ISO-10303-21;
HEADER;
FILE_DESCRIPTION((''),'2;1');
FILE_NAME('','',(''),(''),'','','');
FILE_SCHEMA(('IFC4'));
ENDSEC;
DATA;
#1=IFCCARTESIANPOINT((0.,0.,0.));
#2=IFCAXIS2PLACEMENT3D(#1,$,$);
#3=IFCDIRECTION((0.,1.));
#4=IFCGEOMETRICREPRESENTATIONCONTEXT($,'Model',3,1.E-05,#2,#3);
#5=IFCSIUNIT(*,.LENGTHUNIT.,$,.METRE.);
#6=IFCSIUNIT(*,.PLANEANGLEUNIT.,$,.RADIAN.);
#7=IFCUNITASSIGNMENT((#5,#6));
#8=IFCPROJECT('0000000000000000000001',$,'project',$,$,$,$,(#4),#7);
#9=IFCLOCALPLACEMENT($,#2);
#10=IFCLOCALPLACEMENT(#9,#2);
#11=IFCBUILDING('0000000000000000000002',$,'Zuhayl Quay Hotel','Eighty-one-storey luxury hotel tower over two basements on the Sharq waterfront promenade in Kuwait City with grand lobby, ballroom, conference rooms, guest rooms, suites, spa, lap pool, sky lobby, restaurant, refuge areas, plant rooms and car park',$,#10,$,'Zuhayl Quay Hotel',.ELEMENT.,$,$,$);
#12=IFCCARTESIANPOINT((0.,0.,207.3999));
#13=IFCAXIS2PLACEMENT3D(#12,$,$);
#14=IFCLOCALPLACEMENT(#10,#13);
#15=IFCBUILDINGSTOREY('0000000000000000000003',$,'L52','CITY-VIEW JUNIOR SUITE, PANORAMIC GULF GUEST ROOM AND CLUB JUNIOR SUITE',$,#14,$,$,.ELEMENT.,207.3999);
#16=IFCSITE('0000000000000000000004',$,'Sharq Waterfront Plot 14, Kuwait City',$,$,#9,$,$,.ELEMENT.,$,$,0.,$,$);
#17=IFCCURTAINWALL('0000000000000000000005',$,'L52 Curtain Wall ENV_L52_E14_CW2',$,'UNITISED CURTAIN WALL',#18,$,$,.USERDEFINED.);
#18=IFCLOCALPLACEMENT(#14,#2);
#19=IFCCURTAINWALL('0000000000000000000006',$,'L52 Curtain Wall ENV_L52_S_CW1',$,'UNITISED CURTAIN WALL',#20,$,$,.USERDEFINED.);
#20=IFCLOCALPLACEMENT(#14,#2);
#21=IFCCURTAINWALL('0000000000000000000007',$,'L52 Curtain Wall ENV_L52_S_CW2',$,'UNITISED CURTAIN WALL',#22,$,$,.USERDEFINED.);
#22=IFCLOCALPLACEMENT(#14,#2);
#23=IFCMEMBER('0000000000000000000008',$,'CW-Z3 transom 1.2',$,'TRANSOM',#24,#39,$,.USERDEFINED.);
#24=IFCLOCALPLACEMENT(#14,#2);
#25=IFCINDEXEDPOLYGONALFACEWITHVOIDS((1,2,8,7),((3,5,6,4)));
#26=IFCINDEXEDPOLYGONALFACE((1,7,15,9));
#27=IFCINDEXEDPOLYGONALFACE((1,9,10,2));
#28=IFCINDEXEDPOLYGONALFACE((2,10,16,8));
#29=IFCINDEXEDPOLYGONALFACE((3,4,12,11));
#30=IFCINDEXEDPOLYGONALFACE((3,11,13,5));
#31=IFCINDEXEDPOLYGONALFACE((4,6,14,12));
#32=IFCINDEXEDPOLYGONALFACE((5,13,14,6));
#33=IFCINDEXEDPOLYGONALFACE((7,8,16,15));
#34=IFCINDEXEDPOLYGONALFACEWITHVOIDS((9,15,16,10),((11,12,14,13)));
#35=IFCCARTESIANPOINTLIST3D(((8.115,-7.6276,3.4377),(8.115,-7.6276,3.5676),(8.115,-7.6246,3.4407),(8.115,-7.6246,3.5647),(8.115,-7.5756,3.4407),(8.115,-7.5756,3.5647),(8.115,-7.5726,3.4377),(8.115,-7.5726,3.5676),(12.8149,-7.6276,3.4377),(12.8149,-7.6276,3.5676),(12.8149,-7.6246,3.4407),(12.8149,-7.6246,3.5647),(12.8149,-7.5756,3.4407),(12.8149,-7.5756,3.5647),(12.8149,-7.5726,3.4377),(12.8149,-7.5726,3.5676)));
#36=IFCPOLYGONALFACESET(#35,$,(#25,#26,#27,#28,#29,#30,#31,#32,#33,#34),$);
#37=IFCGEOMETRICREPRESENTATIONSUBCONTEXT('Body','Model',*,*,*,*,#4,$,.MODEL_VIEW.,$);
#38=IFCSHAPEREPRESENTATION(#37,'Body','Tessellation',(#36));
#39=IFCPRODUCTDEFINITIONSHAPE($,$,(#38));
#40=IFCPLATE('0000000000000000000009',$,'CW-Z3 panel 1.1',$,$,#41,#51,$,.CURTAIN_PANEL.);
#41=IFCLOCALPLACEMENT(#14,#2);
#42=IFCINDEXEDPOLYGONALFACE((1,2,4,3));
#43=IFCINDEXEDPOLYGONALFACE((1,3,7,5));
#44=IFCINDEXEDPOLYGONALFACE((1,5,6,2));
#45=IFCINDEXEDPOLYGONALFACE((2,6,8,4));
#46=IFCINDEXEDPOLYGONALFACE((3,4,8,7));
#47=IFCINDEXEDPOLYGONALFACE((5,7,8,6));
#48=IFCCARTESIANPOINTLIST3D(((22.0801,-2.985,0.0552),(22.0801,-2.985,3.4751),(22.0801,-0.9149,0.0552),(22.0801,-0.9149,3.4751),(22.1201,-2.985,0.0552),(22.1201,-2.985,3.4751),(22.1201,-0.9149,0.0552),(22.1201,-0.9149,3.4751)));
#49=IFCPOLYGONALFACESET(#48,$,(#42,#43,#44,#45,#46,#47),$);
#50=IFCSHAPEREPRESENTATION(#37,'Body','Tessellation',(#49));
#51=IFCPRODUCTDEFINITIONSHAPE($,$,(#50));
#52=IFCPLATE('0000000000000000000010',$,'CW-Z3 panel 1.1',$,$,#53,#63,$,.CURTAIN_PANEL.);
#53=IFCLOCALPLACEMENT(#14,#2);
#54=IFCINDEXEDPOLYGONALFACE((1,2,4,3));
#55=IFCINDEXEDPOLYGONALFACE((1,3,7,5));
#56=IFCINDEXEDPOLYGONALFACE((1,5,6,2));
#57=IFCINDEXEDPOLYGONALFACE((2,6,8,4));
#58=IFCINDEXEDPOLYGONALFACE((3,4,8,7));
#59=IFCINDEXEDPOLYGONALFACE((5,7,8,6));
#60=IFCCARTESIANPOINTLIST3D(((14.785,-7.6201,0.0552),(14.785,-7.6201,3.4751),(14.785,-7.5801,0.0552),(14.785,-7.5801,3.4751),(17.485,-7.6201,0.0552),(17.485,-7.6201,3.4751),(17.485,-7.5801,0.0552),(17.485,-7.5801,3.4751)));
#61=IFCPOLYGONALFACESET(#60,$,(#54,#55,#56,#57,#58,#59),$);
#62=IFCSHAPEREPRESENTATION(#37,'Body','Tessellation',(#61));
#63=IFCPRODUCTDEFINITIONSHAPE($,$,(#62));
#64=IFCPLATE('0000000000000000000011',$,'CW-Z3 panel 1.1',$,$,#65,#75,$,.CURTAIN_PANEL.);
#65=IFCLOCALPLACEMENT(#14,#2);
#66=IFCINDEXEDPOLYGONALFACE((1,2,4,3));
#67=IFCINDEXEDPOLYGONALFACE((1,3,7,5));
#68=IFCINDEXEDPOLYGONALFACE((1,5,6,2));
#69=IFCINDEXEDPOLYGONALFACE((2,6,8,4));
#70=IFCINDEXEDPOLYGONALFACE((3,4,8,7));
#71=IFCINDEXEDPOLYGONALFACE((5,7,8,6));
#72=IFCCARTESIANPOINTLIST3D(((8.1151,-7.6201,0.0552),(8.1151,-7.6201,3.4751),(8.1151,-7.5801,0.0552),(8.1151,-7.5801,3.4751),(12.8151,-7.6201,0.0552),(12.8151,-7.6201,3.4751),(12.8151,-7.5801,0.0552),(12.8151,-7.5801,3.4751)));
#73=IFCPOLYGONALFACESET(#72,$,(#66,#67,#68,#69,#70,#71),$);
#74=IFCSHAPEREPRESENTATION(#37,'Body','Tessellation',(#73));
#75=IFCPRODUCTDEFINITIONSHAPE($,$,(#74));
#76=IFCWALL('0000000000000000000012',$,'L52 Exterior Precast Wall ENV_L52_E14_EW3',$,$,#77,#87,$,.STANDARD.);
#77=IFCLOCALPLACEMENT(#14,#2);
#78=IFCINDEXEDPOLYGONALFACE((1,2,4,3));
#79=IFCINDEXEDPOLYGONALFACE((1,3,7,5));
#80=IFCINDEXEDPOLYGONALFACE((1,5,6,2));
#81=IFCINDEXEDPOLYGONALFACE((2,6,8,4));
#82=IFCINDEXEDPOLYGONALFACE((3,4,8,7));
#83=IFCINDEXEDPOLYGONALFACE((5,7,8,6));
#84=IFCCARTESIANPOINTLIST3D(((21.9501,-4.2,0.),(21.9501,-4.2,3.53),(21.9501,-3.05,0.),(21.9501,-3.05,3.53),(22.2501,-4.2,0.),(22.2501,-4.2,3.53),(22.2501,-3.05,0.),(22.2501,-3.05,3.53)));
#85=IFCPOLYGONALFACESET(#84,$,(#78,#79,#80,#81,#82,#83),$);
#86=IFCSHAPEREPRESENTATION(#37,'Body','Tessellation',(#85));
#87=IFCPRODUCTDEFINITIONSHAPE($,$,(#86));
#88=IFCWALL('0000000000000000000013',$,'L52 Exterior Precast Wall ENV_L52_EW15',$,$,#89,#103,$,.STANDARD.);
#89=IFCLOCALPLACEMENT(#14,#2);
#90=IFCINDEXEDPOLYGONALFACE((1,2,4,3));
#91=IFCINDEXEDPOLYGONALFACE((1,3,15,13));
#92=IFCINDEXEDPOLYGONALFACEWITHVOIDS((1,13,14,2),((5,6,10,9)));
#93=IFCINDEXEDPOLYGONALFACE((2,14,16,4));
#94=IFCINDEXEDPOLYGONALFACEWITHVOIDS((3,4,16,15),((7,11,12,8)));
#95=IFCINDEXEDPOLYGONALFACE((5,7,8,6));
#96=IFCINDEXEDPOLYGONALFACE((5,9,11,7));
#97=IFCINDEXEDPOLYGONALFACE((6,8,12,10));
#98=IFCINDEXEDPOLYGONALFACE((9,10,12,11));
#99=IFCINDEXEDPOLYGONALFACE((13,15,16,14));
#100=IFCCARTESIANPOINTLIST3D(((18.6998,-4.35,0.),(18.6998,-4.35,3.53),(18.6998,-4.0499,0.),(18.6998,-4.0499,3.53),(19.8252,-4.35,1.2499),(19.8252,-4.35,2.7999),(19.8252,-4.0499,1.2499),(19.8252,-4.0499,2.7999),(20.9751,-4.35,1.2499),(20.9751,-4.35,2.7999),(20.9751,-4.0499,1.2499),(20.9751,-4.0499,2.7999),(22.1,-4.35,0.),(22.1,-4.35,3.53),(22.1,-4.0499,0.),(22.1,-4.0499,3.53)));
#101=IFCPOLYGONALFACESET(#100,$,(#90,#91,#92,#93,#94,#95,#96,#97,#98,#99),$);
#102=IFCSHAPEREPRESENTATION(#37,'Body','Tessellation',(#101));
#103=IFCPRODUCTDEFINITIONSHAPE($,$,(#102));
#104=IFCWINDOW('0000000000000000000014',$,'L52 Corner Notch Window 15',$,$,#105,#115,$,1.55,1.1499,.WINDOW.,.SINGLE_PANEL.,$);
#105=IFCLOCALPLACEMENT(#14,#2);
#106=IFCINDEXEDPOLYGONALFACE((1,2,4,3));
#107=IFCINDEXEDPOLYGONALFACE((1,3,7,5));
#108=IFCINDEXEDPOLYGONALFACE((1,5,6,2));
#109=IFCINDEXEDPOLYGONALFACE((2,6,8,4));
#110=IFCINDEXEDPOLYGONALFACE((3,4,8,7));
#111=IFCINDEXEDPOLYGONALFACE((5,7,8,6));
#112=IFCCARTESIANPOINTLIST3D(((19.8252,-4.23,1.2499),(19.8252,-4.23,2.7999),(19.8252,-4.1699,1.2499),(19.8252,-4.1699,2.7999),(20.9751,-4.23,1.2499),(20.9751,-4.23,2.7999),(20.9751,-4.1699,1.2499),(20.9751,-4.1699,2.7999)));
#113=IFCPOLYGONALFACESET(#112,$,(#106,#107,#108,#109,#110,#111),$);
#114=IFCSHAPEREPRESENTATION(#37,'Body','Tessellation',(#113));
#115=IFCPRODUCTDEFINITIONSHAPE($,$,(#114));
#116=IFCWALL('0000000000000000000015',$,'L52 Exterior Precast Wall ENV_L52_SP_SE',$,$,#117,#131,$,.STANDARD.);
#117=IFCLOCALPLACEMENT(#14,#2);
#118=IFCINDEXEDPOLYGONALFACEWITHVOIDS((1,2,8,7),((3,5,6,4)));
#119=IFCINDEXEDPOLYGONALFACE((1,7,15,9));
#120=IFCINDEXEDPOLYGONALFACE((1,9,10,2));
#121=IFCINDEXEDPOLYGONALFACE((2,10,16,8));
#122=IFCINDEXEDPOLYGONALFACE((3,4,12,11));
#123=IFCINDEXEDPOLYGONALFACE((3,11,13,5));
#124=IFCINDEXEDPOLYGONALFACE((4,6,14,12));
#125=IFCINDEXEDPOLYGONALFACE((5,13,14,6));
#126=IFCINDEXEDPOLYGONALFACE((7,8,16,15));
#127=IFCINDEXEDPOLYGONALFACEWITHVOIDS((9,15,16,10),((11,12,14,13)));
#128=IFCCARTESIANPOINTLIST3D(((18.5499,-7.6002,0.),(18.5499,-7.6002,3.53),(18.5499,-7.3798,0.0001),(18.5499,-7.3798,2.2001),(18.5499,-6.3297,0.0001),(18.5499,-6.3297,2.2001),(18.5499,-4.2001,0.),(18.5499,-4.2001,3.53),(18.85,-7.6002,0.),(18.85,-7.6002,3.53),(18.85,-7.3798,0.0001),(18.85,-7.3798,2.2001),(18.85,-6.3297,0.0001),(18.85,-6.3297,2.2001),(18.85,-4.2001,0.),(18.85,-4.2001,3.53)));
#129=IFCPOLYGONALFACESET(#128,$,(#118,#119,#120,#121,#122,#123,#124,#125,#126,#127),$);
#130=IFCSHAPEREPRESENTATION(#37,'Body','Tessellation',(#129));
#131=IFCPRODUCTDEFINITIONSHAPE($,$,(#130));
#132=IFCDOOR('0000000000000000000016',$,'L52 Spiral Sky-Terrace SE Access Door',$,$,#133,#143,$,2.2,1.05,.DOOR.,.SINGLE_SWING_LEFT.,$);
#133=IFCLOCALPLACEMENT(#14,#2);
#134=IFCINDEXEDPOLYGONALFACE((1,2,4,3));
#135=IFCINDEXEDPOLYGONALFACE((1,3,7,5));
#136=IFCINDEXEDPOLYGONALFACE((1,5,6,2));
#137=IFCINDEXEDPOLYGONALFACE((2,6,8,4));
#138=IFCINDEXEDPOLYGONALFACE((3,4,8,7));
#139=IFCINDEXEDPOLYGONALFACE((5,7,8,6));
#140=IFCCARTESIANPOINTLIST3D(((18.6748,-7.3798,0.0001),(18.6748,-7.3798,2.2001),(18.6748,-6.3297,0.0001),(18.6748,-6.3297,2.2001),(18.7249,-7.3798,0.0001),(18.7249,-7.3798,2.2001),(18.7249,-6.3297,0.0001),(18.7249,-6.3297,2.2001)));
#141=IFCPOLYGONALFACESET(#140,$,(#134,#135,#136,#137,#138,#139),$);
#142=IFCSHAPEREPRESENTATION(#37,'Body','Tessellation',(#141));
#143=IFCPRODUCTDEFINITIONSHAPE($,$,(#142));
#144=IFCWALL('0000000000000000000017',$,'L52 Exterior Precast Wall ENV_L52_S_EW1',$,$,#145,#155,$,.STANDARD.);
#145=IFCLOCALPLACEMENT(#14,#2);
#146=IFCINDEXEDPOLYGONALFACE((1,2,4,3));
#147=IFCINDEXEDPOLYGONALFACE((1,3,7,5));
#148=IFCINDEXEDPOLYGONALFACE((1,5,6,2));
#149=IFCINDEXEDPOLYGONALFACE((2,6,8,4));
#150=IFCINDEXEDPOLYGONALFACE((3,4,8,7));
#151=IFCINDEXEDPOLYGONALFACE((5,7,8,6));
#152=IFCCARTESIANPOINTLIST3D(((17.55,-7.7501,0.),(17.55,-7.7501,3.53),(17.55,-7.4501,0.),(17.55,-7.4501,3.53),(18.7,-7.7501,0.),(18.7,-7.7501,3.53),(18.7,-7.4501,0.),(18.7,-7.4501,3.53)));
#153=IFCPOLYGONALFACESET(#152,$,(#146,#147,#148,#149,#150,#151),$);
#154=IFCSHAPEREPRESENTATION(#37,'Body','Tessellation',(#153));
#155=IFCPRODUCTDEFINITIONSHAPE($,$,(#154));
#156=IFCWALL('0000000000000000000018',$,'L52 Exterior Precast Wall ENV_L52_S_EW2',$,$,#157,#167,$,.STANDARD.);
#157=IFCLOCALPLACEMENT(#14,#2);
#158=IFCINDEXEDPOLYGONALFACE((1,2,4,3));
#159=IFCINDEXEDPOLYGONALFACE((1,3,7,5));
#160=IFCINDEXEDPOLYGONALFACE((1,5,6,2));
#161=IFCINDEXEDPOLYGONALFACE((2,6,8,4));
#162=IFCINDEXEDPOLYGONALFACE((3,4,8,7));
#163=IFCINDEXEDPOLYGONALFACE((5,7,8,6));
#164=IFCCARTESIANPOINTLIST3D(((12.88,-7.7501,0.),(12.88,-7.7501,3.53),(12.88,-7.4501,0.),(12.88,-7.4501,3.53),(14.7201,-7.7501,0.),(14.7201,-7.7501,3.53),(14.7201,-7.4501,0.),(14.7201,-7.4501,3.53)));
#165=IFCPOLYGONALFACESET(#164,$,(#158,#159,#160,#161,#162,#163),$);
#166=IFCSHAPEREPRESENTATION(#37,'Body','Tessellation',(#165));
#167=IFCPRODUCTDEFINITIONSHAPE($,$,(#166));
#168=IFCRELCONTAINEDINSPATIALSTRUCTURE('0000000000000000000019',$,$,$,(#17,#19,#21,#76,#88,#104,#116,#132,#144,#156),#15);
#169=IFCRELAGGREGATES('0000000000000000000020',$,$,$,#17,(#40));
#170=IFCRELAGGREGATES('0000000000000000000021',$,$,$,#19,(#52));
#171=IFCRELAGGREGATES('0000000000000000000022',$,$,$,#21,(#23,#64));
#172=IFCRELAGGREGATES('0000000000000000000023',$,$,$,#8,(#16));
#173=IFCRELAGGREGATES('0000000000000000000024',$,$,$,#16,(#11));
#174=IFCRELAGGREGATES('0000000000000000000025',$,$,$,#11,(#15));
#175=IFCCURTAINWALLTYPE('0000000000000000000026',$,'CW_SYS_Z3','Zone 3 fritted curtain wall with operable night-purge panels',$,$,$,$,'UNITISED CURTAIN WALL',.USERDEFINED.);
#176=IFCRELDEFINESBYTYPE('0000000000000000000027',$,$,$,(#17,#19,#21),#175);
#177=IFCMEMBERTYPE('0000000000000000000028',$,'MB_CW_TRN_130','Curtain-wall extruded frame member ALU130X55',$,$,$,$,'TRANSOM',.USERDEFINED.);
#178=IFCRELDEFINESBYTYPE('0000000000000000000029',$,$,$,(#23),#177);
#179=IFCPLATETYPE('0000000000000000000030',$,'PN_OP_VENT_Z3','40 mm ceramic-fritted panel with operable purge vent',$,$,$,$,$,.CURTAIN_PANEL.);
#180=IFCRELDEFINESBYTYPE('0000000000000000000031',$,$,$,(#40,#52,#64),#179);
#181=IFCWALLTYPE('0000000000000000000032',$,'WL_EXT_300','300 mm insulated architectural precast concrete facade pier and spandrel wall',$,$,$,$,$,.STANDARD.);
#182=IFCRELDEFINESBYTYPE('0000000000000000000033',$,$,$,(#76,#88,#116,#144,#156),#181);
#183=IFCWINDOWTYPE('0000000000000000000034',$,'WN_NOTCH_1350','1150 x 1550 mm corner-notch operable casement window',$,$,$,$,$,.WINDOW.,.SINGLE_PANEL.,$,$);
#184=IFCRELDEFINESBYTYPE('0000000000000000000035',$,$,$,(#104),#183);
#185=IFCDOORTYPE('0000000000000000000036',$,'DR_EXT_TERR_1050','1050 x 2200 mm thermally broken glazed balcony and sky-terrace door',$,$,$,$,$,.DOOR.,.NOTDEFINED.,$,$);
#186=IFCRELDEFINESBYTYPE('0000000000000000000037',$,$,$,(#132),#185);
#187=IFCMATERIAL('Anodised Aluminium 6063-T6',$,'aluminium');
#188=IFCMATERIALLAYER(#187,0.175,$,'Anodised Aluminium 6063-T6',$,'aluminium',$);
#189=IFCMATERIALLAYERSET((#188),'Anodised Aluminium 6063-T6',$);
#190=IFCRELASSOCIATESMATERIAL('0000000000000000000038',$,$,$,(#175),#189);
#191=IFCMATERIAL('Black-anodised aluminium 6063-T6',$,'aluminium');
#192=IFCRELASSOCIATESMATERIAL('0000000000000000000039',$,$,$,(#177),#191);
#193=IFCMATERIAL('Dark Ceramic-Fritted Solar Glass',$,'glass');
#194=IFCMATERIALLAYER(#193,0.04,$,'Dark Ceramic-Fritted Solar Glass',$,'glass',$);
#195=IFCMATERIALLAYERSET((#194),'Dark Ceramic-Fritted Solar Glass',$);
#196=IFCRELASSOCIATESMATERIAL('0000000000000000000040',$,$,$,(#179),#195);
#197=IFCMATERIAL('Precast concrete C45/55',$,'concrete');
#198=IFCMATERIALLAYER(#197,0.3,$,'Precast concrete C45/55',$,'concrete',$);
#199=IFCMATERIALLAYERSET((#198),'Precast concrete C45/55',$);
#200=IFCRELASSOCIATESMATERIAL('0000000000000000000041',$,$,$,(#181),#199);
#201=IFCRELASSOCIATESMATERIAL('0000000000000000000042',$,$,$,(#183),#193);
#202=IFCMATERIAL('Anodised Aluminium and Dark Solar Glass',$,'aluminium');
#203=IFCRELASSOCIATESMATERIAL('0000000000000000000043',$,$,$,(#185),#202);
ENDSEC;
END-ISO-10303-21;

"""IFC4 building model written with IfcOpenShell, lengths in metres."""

from ifc_helpers import new_model, si_unit, direction, frame, frame_2d, origin, origin_2d, place, context, subcontext, project, spatial, rectangle, hollow_rectangle, extrude, material, layer, layer_set, material_profile, profile_set, type_object, element, fill, aggregate, save


model = new_model("IFC4")

# Units and contexts
model_context = context("Model", 3, precision=1e-05, world=origin(), true_north=direction((0.0, 1.0)))
body_context = subcontext(model_context, "Body", "Model", "MODEL_VIEW")
ifc_project = project(units=[si_unit("LENGTHUNIT", "METRE"), si_unit("PLANEANGLEUNIT", "RADIAN")], contexts=[model_context])

# Site, building, storey
site_placement = place(None, origin())
site = spatial("IfcSite", under=ifc_project, at=site_placement, Name="Sharq Waterfront Plot 14, Kuwait City", CompositionType="ELEMENT", RefElevation=0.0)
building_placement = place(site_placement, origin())
building = spatial("IfcBuilding", under=site, at=building_placement, Name="Zuhayl Quay Hotel", Description="Eighty-one-storey luxury hotel tower over two basements on the Sharq waterfront promenade in Kuwait City with grand lobby, ballroom, conference rooms, guest rooms, suites, spa, lap pool, sky lobby, restaurant, refuge areas, plant rooms and car park", LongName="Zuhayl Quay Hotel", CompositionType="ELEMENT")
storey_placement = place(building_placement, frame((0.0, 0.0, 207.3999)))
storey = spatial("IfcBuildingStorey", under=building, at=storey_placement, Name="L52", Description="CITY-VIEW JUNIOR SUITE, PANORAMIC GULF GUEST ROOM AND CLUB JUNIOR SUITE", CompositionType="ELEMENT", Elevation=207.3999)

# Curtain wall
ifc_material_1 = material(Name="Anodised Aluminium 6063-T6", Category="aluminium")
ifc_layer_1 = layer(ifc_material_1, 0.175, Name="Anodised Aluminium 6063-T6", Category="aluminium")
ifc_layer_set_1 = layer_set([ifc_layer_1], Name="Anodised Aluminium 6063-T6")
curtain_wall_type = type_object("IfcCurtainWallType", Name="CW_SYS_Z3", Description="Zone 3 fritted curtain wall with operable night-purge panels", ElementType="UNITISED CURTAIN WALL", PredefinedType="USERDEFINED", material=ifc_layer_set_1)
curtain_wall_1_placement = place(storey_placement, origin())
curtain_wall_1 = element("IfcCurtainWall", 1, at=curtain_wall_1_placement, inside=storey, type_object=curtain_wall_type, Name="L52 Curtain Wall ENV_L52_E14_CW2", ObjectType="UNITISED CURTAIN WALL", PredefinedType="USERDEFINED")
ifc_material_2 = material(Name="Black-anodised aluminium 6063-T6", Category="aluminium")

# Curtain wall
curtain_wall_2_placement = place(storey_placement, origin())
curtain_wall_2 = element("IfcCurtainWall", 2, at=curtain_wall_2_placement, inside=storey, type_object=curtain_wall_type, Name="L52 Curtain Wall ENV_L52_S_CW1", ObjectType="UNITISED CURTAIN WALL", PredefinedType="USERDEFINED")

# Curtain wall
curtain_wall_3_placement = place(storey_placement, origin())
curtain_wall_3 = element("IfcCurtainWall", 3, at=curtain_wall_3_placement, inside=storey, type_object=curtain_wall_type, Name="L52 Curtain Wall ENV_L52_S_CW2", ObjectType="UNITISED CURTAIN WALL", PredefinedType="USERDEFINED")

# Member
ifc_material_profile_1 = material_profile(ifc_material_2, hollow_rectangle(XDim=0.0549, YDim=0.1299, WallThickness=0.0029, at=origin_2d()), Name="ALU130X55")
ifc_profile_set_1 = profile_set([ifc_material_profile_1], Name="Black-anodised aluminium 6063-T6")
member_type_1 = type_object("IfcMemberType", Name="MB_CW_TRN_130", Description="Curtain-wall extruded frame member ALU130X55", ElementType="TRANSOM", PredefinedType="USERDEFINED", material=ifc_profile_set_1)
member_1_placement = place(storey_placement, frame((12.8149, -7.6001, 3.5027), z_axis=(-1.0, 0.0, 0.0), x_axis=(0.0, -1.0, 0.0)))
member_1 = element("IfcMember", 4, at=member_1_placement, type_object=member_type_1, Name="CW-Z3 transom 1.2", ObjectType="TRANSOM", PredefinedType="USERDEFINED", context=body_context, shape_type="SweptSolid", body=[
    extrude(hollow_rectangle(XDim=0.0549, YDim=0.1299, WallThickness=0.0029, at=origin_2d()), origin(), (0.0, 0.0, 1.0), 4.7),
])

# Plates
ifc_material_3 = material(Name="Dark Ceramic-Fritted Solar Glass", Category="glass")
ifc_layer_2 = layer(ifc_material_3, 0.04, Name="Dark Ceramic-Fritted Solar Glass", Category="glass")
ifc_layer_set_2 = layer_set([ifc_layer_2], Name="Dark Ceramic-Fritted Solar Glass")
plate_type = type_object("IfcPlateType", Name="PN_OP_VENT_Z3", Description="40 mm ceramic-fritted panel with operable purge vent", PredefinedType="CURTAIN_PANEL", material=ifc_layer_set_2)
plate_1_placement = place(storey_placement, frame((22.1001, -1.95, 0.0552), z_axis=(0.0, 0.0, 1.0), x_axis=(0.0, -1.0, 0.0)))
plate_1 = element("IfcPlate", 5, at=plate_1_placement, type_object=plate_type, Name="CW-Z3 panel 1.1", PredefinedType="CURTAIN_PANEL", context=body_context, shape_type="SweptSolid", body=[
    extrude(rectangle(XDim=2.0701, YDim=0.04, at=origin_2d()), origin(), (0.0, 0.0, 1.0), 3.4199),
])
aggregate(curtain_wall_1, [plate_1])
plate_2_placement = place(storey_placement, frame((16.135, -7.6001, 0.0552), z_axis=(0.0, 0.0, 1.0), x_axis=(-1.0, 0.0, 0.0)))
plate_2 = element("IfcPlate", 6, at=plate_2_placement, type_object=plate_type, Name="CW-Z3 panel 1.1", PredefinedType="CURTAIN_PANEL", context=body_context, shape_type="SweptSolid", body=[
    extrude(rectangle(XDim=2.7, YDim=0.04, at=origin_2d()), origin(), (0.0, 0.0, 1.0), 3.4199),
])
aggregate(curtain_wall_2, [plate_2])
plate_3_placement = place(storey_placement, frame((10.4651, -7.6001, 0.0552), z_axis=(0.0, 0.0, 1.0), x_axis=(-1.0, 0.0, 0.0)))
plate_3 = element("IfcPlate", 7, at=plate_3_placement, type_object=plate_type, Name="CW-Z3 panel 1.1", PredefinedType="CURTAIN_PANEL", context=body_context, shape_type="SweptSolid", body=[
    extrude(rectangle(XDim=4.7, YDim=0.04, at=origin_2d()), origin(), (0.0, 0.0, 1.0), 3.4199),
])
aggregate(curtain_wall_3, [member_1, plate_3])

# Wall
ifc_material_4 = material(Name="Precast concrete C45/55", Category="concrete")
ifc_layer_3 = layer(ifc_material_4, 0.3, Name="Precast concrete C45/55", Category="concrete")
ifc_layer_set_3 = layer_set([ifc_layer_3], Name="Precast concrete C45/55")
wall_type_1 = type_object("IfcWallType", Name="WL_EXT_300", Description="300 mm insulated architectural precast concrete facade pier and spandrel wall", PredefinedType="STANDARD", material=ifc_layer_set_3)
wall_1_placement = place(storey_placement, frame((22.1001, -3.05, 0.0), z_axis=(0.0, 0.0, 1.0), x_axis=(0.0, -1.0, 0.0)))
element("IfcWall", 8, at=wall_1_placement, inside=storey, type_object=wall_type_1, Name="L52 Exterior Precast Wall ENV_L52_E14_EW3", PredefinedType="STANDARD", context=body_context, shape_type="SweptSolid", body=[
    extrude(rectangle(XDim=1.1499, YDim=0.3, at=frame_2d((0.575, 0.0))), origin(), (0.0, 0.0, 1.0), 3.53),
])

# Wall, opening, window
wall_2_placement = place(storey_placement, frame((22.1001, -4.2, 0.0), z_axis=(0.0, 0.0, 1.0), x_axis=(-1.0, 0.0, 0.0)))
wall_2 = element("IfcWall", 9, at=wall_2_placement, inside=storey, type_object=wall_type_1, Name="L52 Exterior Precast Wall ENV_L52_EW15", PredefinedType="STANDARD", context=body_context, shape_type="SweptSolid", body=[
    extrude(rectangle(XDim=3.4001, YDim=0.3, at=frame_2d((1.7002, 0.0))), origin(), (0.0, 0.0, 1.0), 3.53),
])
opening_1_placement = place(wall_2_placement, frame((1.125, 0.0, 1.25)))
opening_1 = element("IfcOpeningElement", 10, at=opening_1_placement, cuts=wall_2, PredefinedType="OPENING", context=body_context, shape_type="SweptSolid", body=[
    extrude(rectangle(XDim=1.1499, YDim=1.55, at=frame_2d((0.575, 0.7749))), frame((0.0, 0.1599, 0.0), z_axis=(0.0, -1.0, 0.0), x_axis=(1.0, 0.0, 0.0)), (0.0, 0.0, 1.0), 0.3201),
])
window_type = type_object("IfcWindowType", Name="WN_NOTCH_1350", Description="1150 x 1550 mm corner-notch operable casement window", PartitioningType="SINGLE_PANEL", PredefinedType="WINDOW", material=ifc_material_3)
window_placement = place(opening_1_placement, origin())
window = element("IfcWindow", 11, at=window_placement, inside=storey, type_object=window_type, Name="L52 Corner Notch Window 15", OverallHeight=1.55, OverallWidth=1.1499, PartitioningType="SINGLE_PANEL", PredefinedType="WINDOW", context=body_context, shape_type="SweptSolid", body=[
    extrude(rectangle(XDim=1.1499, YDim=1.55, at=frame_2d((0.575, 0.7749))), frame((0.0, 0.03, 0.0), z_axis=(0.0, -1.0, 0.0), x_axis=(1.0, 0.0, 0.0)), (0.0, 0.0, 1.0), 0.0601),
])
fill(opening_1, window)

# Wall, opening, door
wall_3_placement = place(storey_placement, frame((18.7, -4.2, 0.0), z_axis=(0.0, 0.0, 1.0), x_axis=(0.0, -1.0, 0.0)))
wall_3 = element("IfcWall", 12, at=wall_3_placement, inside=storey, type_object=wall_type_1, Name="L52 Exterior Precast Wall ENV_L52_SP_SE", PredefinedType="STANDARD", context=body_context, shape_type="SweptSolid", body=[
    extrude(rectangle(XDim=3.4001, YDim=0.3, at=frame_2d((1.7002, 0.0))), origin(), (0.0, 0.0, 1.0), 3.53),
])
opening_2_placement = place(wall_3_placement, frame((2.1299, 0.0, 0.0)))
opening_2 = element("IfcOpeningElement", 13, at=opening_2_placement, cuts=wall_3, PredefinedType="OPENING", context=body_context, shape_type="SweptSolid", body=[
    extrude(rectangle(XDim=1.05, YDim=2.2, at=frame_2d((0.5249, 1.1001))), frame((0.0, 0.1599, 0.0), z_axis=(0.0, -1.0, 0.0), x_axis=(1.0, 0.0, 0.0)), (0.0, 0.0, 1.0), 0.3201),
])
ifc_material_5 = material(Name="Anodised Aluminium and Dark Solar Glass", Category="aluminium")
door_type_1 = type_object("IfcDoorType", Name="DR_EXT_TERR_1050", Description="1050 x 2200 mm thermally broken glazed balcony and sky-terrace door", OperationType="NOTDEFINED", PredefinedType="DOOR", material=ifc_material_5)
door_1_placement = place(opening_2_placement, origin())
door_1 = element("IfcDoor", 14, at=door_1_placement, inside=storey, type_object=door_type_1, Name="L52 Spiral Sky-Terrace SE Access Door", OperationType="SINGLE_SWING_LEFT", OverallHeight=2.2, OverallWidth=1.05, PredefinedType="DOOR", context=body_context, shape_type="SweptSolid", body=[
    extrude(rectangle(XDim=1.05, YDim=2.2, at=frame_2d((0.5249, 1.1001))), frame((0.0, 0.0249, 0.0), z_axis=(0.0, -1.0, 0.0), x_axis=(1.0, 0.0, 0.0)), (0.0, 0.0, 1.0), 0.05),
])
fill(opening_2, door_1)

# Walls
wall_4_placement = place(storey_placement, frame((18.7, -7.6001, 0.0), z_axis=(0.0, 0.0, 1.0), x_axis=(-1.0, 0.0, 0.0)))
element("IfcWall", 15, at=wall_4_placement, inside=storey, type_object=wall_type_1, Name="L52 Exterior Precast Wall ENV_L52_S_EW1", PredefinedType="STANDARD", context=body_context, shape_type="SweptSolid", body=[
    extrude(rectangle(XDim=1.1499, YDim=0.3, at=frame_2d((0.575, 0.0))), origin(), (0.0, 0.0, 1.0), 3.53),
])
wall_5_placement = place(storey_placement, frame((14.72, -7.6001, 0.0), z_axis=(0.0, 0.0, 1.0), x_axis=(-1.0, 0.0, 0.0)))
element("IfcWall", 16, at=wall_5_placement, inside=storey, type_object=wall_type_1, Name="L52 Exterior Precast Wall ENV_L52_S_EW2", PredefinedType="STANDARD", context=body_context, shape_type="SweptSolid", body=[
    extrude(rectangle(XDim=1.8401, YDim=0.3, at=frame_2d((0.9199, 0.0))), origin(), (0.0, 0.0, 1.0), 3.53),
])

save(model, "model.ifc")
